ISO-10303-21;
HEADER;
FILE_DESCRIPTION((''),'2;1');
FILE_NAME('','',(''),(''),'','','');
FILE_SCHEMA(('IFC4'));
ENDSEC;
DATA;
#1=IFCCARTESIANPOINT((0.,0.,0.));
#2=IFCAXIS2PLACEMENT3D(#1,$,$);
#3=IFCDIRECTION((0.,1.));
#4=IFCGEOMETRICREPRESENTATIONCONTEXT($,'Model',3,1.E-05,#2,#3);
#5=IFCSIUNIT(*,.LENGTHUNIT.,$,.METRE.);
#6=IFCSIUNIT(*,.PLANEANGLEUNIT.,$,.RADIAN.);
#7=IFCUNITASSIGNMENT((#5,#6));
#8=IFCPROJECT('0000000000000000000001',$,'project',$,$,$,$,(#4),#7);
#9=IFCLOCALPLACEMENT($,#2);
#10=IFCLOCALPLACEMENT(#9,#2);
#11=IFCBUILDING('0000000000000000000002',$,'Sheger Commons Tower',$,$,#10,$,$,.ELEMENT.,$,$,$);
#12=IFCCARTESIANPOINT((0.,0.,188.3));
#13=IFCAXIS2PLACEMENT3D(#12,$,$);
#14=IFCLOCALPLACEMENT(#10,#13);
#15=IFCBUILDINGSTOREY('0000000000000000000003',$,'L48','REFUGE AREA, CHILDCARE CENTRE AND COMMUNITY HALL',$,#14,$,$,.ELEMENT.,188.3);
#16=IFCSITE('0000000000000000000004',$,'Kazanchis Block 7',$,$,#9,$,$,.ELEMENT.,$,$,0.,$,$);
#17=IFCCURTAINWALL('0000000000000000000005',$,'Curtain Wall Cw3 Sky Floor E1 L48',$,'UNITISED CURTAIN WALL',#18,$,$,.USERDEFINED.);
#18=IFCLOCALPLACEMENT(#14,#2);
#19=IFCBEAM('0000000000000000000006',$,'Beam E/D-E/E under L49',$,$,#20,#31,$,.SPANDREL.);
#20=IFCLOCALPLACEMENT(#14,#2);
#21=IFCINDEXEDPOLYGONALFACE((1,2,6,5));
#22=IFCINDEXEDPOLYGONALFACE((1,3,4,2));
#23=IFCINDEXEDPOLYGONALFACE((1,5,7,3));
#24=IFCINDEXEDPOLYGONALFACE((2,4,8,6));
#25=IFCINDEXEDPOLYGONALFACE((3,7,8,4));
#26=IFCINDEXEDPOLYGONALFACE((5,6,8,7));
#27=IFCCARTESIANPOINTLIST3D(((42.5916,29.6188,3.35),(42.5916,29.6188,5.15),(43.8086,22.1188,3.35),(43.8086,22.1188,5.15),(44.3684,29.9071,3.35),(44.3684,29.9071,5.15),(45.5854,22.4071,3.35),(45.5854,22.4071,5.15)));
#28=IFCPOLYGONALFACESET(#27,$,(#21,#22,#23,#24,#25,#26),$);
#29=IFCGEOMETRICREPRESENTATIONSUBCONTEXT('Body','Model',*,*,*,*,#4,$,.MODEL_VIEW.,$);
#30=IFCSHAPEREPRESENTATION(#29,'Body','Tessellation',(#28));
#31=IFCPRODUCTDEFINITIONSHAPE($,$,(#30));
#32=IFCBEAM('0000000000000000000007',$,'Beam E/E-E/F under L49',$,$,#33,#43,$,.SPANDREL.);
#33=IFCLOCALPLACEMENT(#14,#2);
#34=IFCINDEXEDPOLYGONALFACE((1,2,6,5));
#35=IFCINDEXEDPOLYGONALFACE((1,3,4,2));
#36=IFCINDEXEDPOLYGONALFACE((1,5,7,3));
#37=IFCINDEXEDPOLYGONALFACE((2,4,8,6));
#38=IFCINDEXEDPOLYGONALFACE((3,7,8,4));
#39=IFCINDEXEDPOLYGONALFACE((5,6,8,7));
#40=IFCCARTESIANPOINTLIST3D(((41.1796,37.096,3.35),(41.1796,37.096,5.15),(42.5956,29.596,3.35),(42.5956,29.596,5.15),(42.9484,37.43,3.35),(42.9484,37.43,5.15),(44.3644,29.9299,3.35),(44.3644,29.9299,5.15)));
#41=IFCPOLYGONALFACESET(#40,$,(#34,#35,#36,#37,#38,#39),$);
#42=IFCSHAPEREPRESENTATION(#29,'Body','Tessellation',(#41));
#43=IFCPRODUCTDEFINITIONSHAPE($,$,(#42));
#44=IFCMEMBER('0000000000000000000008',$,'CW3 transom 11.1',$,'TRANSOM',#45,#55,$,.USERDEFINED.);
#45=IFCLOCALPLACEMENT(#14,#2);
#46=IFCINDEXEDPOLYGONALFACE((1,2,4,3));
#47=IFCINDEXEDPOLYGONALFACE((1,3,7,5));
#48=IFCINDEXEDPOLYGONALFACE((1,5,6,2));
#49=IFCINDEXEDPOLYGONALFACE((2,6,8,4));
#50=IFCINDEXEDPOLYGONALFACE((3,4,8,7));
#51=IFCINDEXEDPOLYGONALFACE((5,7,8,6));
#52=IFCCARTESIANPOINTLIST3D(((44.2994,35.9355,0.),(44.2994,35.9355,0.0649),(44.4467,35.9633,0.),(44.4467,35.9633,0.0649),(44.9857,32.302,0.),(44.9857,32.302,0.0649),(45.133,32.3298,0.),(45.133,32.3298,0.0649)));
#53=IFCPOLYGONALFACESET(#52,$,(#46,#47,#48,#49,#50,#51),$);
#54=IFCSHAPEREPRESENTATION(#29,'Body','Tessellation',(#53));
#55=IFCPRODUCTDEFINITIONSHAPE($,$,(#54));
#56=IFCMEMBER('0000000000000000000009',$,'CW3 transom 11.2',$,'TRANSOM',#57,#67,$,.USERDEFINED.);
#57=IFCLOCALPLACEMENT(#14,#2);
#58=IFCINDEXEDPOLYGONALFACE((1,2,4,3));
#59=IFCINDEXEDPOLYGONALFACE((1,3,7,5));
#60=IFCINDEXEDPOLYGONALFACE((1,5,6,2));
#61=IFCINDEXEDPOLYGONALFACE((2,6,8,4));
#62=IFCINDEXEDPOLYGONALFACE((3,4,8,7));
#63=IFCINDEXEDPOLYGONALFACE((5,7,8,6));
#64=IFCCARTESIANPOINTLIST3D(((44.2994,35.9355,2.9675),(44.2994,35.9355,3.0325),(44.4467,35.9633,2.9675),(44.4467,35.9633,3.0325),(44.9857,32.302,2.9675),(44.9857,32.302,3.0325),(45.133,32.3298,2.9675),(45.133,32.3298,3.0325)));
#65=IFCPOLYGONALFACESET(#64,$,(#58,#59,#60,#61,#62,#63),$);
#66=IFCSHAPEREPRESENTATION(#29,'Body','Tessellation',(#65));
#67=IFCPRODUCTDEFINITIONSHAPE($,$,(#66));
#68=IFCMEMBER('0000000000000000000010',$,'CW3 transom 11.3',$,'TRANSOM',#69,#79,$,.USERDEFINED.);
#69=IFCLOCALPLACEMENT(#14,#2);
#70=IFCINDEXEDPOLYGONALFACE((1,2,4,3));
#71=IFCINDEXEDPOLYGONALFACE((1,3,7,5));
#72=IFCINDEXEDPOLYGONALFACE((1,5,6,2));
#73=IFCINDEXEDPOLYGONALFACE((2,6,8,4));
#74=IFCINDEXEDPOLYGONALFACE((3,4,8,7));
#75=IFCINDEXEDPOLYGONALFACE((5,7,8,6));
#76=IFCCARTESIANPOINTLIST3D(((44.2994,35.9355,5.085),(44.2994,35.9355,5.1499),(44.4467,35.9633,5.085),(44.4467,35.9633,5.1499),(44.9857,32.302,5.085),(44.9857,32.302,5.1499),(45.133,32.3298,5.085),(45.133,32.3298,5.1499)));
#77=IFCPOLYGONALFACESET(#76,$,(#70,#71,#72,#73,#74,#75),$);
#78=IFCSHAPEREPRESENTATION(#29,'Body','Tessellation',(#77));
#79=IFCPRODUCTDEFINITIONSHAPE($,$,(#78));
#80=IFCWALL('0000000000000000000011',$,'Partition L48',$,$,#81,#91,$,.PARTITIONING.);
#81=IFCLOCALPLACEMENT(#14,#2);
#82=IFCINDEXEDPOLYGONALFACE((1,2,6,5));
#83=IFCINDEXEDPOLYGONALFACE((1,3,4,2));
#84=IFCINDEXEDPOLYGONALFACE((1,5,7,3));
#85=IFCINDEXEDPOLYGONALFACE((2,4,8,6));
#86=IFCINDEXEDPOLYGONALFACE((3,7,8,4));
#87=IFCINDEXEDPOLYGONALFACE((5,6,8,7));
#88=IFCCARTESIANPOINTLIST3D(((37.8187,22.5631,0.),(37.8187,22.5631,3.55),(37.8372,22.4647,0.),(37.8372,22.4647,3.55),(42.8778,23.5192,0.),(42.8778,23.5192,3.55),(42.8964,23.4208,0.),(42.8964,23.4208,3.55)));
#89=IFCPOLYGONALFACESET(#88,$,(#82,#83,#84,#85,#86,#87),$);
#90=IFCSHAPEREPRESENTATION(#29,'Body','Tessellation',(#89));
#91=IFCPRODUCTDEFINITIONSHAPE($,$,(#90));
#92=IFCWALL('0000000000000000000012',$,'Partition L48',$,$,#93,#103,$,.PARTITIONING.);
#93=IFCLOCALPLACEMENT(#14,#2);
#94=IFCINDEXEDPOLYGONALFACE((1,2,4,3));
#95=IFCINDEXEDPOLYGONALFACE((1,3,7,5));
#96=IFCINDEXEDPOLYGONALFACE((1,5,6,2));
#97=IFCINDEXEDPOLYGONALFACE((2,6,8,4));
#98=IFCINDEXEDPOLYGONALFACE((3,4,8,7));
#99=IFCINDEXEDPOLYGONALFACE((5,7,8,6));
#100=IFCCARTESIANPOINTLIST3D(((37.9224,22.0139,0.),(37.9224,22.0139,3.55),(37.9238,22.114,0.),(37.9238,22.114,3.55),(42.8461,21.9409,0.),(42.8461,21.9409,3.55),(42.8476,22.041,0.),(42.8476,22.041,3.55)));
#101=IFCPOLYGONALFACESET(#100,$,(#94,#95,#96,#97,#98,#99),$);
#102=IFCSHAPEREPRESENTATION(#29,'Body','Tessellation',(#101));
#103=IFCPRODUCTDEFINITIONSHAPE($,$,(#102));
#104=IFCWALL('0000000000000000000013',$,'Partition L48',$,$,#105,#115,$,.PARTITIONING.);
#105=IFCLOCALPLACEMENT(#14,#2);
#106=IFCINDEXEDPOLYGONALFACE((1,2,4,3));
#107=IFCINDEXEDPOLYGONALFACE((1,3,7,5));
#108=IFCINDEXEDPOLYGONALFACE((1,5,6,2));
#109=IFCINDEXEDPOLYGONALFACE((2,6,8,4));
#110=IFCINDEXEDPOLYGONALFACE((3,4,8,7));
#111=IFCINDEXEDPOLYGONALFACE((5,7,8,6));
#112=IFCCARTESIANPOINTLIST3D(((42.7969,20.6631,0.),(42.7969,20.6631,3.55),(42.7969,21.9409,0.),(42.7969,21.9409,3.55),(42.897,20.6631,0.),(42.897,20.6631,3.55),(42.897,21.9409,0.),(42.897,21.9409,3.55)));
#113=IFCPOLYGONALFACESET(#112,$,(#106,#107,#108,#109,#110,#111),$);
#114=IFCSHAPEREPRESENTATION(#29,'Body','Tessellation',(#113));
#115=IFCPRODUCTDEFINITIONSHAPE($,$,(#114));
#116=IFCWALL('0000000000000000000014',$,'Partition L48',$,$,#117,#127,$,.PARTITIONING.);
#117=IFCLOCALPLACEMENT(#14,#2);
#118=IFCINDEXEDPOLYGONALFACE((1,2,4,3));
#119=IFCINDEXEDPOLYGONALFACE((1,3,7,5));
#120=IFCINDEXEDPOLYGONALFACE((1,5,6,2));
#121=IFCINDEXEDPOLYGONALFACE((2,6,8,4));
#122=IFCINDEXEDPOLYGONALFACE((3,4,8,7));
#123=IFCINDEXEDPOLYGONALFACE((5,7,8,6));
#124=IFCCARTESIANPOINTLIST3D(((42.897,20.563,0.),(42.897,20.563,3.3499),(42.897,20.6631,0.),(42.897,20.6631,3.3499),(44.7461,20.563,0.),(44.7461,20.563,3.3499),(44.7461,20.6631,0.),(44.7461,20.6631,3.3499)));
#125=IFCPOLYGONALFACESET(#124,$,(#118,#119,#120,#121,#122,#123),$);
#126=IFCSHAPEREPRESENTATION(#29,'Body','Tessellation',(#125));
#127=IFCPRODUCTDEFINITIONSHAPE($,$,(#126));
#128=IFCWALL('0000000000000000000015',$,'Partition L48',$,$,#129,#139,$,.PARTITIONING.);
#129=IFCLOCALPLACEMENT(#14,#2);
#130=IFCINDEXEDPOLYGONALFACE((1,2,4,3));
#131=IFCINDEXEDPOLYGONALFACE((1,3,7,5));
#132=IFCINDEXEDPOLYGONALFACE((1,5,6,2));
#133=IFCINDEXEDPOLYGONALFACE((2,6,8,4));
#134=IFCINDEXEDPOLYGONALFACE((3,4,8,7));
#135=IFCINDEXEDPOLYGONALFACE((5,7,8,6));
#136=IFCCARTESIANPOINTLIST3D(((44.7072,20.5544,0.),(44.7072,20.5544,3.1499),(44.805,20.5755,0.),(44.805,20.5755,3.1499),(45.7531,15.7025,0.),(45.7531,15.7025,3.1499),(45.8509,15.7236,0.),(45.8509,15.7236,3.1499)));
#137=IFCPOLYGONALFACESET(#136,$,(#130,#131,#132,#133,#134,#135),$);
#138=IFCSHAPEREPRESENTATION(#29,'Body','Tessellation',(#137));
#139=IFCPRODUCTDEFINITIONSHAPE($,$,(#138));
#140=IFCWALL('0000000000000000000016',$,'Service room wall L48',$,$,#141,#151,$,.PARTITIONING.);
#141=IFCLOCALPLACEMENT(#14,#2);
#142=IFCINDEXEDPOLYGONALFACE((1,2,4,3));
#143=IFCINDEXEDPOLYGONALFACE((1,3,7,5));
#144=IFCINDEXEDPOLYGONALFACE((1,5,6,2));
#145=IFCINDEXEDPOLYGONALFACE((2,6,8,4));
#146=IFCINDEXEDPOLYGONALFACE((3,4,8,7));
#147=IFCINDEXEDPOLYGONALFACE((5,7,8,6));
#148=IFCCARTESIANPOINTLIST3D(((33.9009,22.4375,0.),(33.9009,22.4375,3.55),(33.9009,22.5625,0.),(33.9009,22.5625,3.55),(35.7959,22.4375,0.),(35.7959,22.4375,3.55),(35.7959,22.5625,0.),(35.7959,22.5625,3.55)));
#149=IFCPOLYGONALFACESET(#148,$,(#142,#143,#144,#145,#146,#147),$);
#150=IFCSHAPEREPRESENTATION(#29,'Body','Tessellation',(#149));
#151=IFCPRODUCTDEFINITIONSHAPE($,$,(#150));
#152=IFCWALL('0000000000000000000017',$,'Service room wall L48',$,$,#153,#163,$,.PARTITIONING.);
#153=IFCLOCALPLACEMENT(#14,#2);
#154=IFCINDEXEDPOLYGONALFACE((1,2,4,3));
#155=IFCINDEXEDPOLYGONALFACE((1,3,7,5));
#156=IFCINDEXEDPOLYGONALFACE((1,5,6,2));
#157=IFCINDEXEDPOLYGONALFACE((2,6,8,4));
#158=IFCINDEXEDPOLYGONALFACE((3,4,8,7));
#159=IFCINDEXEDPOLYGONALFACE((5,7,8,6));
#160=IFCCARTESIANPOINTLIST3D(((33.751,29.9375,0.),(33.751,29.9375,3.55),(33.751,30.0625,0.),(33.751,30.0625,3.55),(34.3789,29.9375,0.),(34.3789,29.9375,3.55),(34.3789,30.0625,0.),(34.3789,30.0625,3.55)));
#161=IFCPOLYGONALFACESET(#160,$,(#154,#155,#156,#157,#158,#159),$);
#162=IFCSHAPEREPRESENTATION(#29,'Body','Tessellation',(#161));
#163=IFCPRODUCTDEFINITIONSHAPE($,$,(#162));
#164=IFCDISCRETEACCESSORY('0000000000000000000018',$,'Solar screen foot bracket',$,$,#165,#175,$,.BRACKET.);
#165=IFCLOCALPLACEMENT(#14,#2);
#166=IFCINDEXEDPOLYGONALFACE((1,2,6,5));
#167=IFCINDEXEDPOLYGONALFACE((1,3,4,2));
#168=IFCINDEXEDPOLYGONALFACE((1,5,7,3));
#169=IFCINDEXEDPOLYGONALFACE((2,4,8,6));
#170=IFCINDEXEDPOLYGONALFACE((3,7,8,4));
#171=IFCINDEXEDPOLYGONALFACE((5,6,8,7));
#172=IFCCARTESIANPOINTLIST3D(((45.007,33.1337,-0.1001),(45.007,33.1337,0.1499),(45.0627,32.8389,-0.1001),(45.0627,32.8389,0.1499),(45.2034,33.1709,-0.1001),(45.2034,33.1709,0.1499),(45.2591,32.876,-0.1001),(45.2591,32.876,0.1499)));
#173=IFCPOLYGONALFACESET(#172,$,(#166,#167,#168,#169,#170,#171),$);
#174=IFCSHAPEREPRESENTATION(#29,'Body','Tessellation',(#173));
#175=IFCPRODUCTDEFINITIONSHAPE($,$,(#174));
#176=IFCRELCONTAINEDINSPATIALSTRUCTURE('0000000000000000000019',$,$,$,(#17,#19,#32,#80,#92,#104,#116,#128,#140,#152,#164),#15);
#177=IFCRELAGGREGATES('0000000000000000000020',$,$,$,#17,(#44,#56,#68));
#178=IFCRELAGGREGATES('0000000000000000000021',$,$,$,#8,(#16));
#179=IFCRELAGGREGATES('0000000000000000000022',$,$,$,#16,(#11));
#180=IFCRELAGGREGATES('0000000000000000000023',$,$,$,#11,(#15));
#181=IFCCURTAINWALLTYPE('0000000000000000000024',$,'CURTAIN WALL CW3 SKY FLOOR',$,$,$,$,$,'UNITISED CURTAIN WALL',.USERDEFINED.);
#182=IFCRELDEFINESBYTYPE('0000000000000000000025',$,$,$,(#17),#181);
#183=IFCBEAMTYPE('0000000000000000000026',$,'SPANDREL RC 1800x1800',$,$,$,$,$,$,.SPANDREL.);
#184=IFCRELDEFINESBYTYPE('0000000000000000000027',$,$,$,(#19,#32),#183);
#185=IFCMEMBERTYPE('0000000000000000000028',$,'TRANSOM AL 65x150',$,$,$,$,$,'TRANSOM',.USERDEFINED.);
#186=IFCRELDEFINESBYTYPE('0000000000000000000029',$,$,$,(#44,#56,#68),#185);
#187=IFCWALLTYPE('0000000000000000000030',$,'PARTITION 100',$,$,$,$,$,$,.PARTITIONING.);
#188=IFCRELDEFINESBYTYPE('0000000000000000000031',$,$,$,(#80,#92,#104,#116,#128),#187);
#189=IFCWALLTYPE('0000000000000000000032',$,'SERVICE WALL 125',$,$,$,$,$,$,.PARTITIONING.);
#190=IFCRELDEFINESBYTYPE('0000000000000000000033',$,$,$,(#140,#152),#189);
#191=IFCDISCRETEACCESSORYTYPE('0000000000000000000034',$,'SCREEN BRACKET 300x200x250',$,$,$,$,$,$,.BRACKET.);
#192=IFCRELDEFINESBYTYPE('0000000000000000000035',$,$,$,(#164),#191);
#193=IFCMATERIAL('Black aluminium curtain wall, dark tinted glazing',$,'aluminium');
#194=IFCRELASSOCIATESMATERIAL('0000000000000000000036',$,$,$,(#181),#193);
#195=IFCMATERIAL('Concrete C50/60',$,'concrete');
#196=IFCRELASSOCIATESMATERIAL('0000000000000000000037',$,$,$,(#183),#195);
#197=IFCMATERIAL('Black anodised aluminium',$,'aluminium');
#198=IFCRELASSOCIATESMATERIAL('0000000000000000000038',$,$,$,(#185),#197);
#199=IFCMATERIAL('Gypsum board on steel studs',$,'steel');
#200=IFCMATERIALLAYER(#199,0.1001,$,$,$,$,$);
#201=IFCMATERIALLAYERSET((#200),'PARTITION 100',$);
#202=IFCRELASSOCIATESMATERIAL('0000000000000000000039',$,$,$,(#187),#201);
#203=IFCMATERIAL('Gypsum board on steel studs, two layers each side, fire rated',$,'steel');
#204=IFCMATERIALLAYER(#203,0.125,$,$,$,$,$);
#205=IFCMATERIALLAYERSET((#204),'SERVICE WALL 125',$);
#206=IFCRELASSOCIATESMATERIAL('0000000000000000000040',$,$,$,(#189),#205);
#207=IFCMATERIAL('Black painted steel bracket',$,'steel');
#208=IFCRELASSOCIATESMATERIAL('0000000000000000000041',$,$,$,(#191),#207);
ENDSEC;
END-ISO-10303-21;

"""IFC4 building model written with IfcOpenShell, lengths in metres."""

from ifc_helpers import new_model, si_unit, direction, frame, frame_2d, origin, origin_2d, place, context, subcontext, project, spatial, rectangle, extrude, material, layer, layer_set, material_profile, profile_set, type_object, element, aggregate, save


model = new_model("IFC4")

# Units and contexts
model_context = context("Model", 3, precision=1e-05, world=origin(), true_north=direction((0.0, 1.0)))
body_context = subcontext(model_context, "Body", "Model", "MODEL_VIEW")
ifc_project = project(units=[si_unit("LENGTHUNIT", "METRE"), si_unit("PLANEANGLEUNIT", "RADIAN")], contexts=[model_context])

# Site, building, storey
site_placement = place(None, origin())
site = spatial("IfcSite", under=ifc_project, at=site_placement, Name="Kazanchis Block 7", CompositionType="ELEMENT", RefElevation=0.0)
building_placement = place(site_placement, origin())
building = spatial("IfcBuilding", under=site, at=building_placement, Name="Sheger Commons Tower", CompositionType="ELEMENT")
storey_placement = place(building_placement, frame((0.0, 0.0, 188.3)))
storey = spatial("IfcBuildingStorey", under=building, at=storey_placement, Name="L48", Description="REFUGE AREA, CHILDCARE CENTRE AND COMMUNITY HALL", CompositionType="ELEMENT", Elevation=188.3)

# Curtain wall
ifc_material_1 = material(Name="Black aluminium curtain wall, dark tinted glazing", Category="aluminium")
curtain_wall_type = type_object("IfcCurtainWallType", Name="CURTAIN WALL CW3 SKY FLOOR", ElementType="UNITISED CURTAIN WALL", PredefinedType="USERDEFINED", material=ifc_material_1)
curtain_wall_placement = place(storey_placement, origin())
curtain_wall = element("IfcCurtainWall", 1, at=curtain_wall_placement, inside=storey, type_object=curtain_wall_type, Name="Curtain Wall Cw3 Sky Floor E1 L48", ObjectType="UNITISED CURTAIN WALL", PredefinedType="USERDEFINED")

# Beams
ifc_material_2 = material(Name="Concrete C50/60", Category="concrete")
ifc_material_profile_1 = material_profile(ifc_material_2, rectangle(XDim=1.8, YDim=1.8, at=origin_2d()), Name="RC 1800x1800")
ifc_profile_set_1 = profile_set([ifc_material_profile_1], Name="Concrete C50/60")
beam_type_1 = type_object("IfcBeamType", Name="SPANDREL RC 1800x1800", PredefinedType="SPANDREL", material=ifc_profile_set_1)
beam_1_placement = place(storey_placement, frame((44.697, 22.2629, 4.25), z_axis=(-0.160177, 0.987088, 0.0), x_axis=(-0.987088, -0.160177, 0.0)))
element("IfcBeam", 2, at=beam_1_placement, inside=storey, type_object=beam_type_1, Name="Beam E/D-E/E under L49", PredefinedType="SPANDREL", context=body_context, shape_type="SweptSolid", body=[
    extrude(rectangle(XDim=1.8, YDim=1.8, at=origin_2d()), origin(), (0.0, 0.0, 1.0), 7.5981),
])
beam_2_placement = place(storey_placement, frame((43.48, 29.7629, 4.25), z_axis=(-0.185524, 0.98264, 0.0), x_axis=(-0.98264, -0.185524, 0.0)))
element("IfcBeam", 3, at=beam_2_placement, inside=storey, type_object=beam_type_1, Name="Beam E/E-E/F under L49", PredefinedType="SPANDREL", context=body_context, shape_type="SweptSolid", body=[
    extrude(rectangle(XDim=1.8, YDim=1.8, at=origin_2d()), origin(), (0.0, 0.0, 1.0), 7.6326),
])

# Members
ifc_material_3 = material(Name="Black anodised aluminium", Category="aluminium")
ifc_material_profile_2 = material_profile(ifc_material_3, rectangle(XDim=0.1499, YDim=0.0649, at=origin_2d()), Name="AL 65x150")
ifc_profile_set_2 = profile_set([ifc_material_profile_2], Name="Black anodised aluminium")
member_type_1 = type_object("IfcMemberType", Name="TRANSOM AL 65x150", ElementType="TRANSOM", PredefinedType="USERDEFINED", material=ifc_profile_set_2)
member_1_placement = place(storey_placement, frame((45.0593, 32.3159, 0.0325), z_axis=(-0.185592, 0.982627, 0.0), x_axis=(-0.982627, -0.185592, 0.0)))
member_1 = element("IfcMember", 4, at=member_1_placement, type_object=member_type_1, Name="CW3 transom 11.1", ObjectType="TRANSOM", PredefinedType="USERDEFINED", context=body_context, shape_type="SweptSolid", body=[
    extrude(rectangle(XDim=0.1499, YDim=0.0649, at=origin_2d()), origin(), (0.0, 0.0, 1.0), 3.6978),
])
member_2_placement = place(storey_placement, frame((45.0593, 32.3159, 3.0), z_axis=(-0.185592, 0.982627, 0.0), x_axis=(-0.982627, -0.185592, 0.0)))
member_2 = element("IfcMember", 5, at=member_2_placement, type_object=member_type_1, Name="CW3 transom 11.2", ObjectType="TRANSOM", PredefinedType="USERDEFINED", context=body_context, shape_type="SweptSolid", body=[
    extrude(rectangle(XDim=0.1499, YDim=0.0649, at=origin_2d()), origin(), (0.0, 0.0, 1.0), 3.6978),
])
member_3_placement = place(storey_placement, frame((45.0593, 32.3159, 5.1174), z_axis=(-0.185592, 0.982627, 0.0), x_axis=(-0.982627, -0.185592, 0.0)))
member_3 = element("IfcMember", 6, at=member_3_placement, type_object=member_type_1, Name="CW3 transom 11.3", ObjectType="TRANSOM", PredefinedType="USERDEFINED", context=body_context, shape_type="SweptSolid", body=[
    extrude(rectangle(XDim=0.1499, YDim=0.0649, at=origin_2d()), origin(), (0.0, 0.0, 1.0), 3.6978),
])
aggregate(curtain_wall, [member_1, member_2, member_3])

# Walls
ifc_material_4 = material(Name="Gypsum board on steel studs", Category="steel")
ifc_layer_1 = layer(ifc_material_4, 0.1001)
ifc_layer_set_1 = layer_set([ifc_layer_1], Name="PARTITION 100")
wall_type_1 = type_object("IfcWallType", Name="PARTITION 100", PredefinedType="PARTITIONING", material=ifc_layer_set_1)
wall_1_placement = place(storey_placement, frame((42.887, 23.47, 0.0), z_axis=(0.0, 0.0, 1.0), x_axis=(-0.982608, -0.185691, 0.0)))
element("IfcWall", 7, at=wall_1_placement, inside=storey, type_object=wall_type_1, Name="Partition L48", PredefinedType="PARTITIONING", context=body_context, shape_type="SweptSolid", body=[
    extrude(rectangle(XDim=5.1487, YDim=0.1001, at=frame_2d((2.5742, 0.0))), origin(), (0.0, 0.0, 1.0), 3.55),
])
wall_2_placement = place(storey_placement, frame((37.9231, 22.064, 0.0), z_axis=(0.0, 0.0, 1.0), x_axis=(0.99989, -0.014824, 0.0)))
element("IfcWall", 8, at=wall_2_placement, inside=storey, type_object=wall_type_1, Name="Partition L48", PredefinedType="PARTITIONING", context=body_context, shape_type="SweptSolid", body=[
    extrude(rectangle(XDim=4.9243, YDim=0.1001, at=frame_2d((2.4622, 0.0))), origin(), (0.0, 0.0, 1.0), 3.55),
])
wall_3_placement = place(storey_placement, frame((42.8469, 21.9409, 0.0), z_axis=(0.0, 0.0, 1.0), x_axis=(0.0, -1.0, 0.0)))
element("IfcWall", 9, at=wall_3_placement, inside=storey, type_object=wall_type_1, Name="Partition L48", PredefinedType="PARTITIONING", context=body_context, shape_type="SweptSolid", body=[
    extrude(rectangle(XDim=1.2778, YDim=0.1001, at=frame_2d((0.6389, 0.0))), origin(), (0.0, 0.0, 1.0), 3.55),
])
wall_4_placement = place(storey_placement, frame((42.897, 20.613, 0.0), z_axis=(0.0, 0.0, 1.0), x_axis=(1.0, 0.0, 0.0)))
element("IfcWall", 10, at=wall_4_placement, inside=storey, type_object=wall_type_1, Name="Partition L48", PredefinedType="PARTITIONING", context=body_context, shape_type="SweptSolid", body=[
    extrude(rectangle(XDim=1.8491, YDim=0.1001, at=frame_2d((0.9246, 0.0))), origin(), (0.0, 0.0, 1.0), 3.3499),
])
wall_5_placement = place(storey_placement, frame((44.7561, 20.5649, 0.0), z_axis=(0.0, 0.0, 1.0), x_axis=(0.210718, -0.977547, 0.0)))
element("IfcWall", 11, at=wall_5_placement, inside=storey, type_object=wall_type_1, Name="Partition L48", PredefinedType="PARTITIONING", context=body_context, shape_type="SweptSolid", body=[
    extrude(rectangle(XDim=4.9634, YDim=0.1001, at=frame_2d((2.4817, 0.0))), origin(), (0.0, 0.0, 1.0), 3.1499),
])
ifc_material_5 = material(Name="Gypsum board on steel studs, two layers each side, fire rated", Category="steel")
ifc_layer_2 = layer(ifc_material_5, 0.125)
ifc_layer_set_2 = layer_set([ifc_layer_2], Name="SERVICE WALL 125")
wall_type_2 = type_object("IfcWallType", Name="SERVICE WALL 125", PredefinedType="PARTITIONING", material=ifc_layer_set_2)
wall_6_placement = place(storey_placement, frame((33.9009, 22.5, 0.0), z_axis=(0.0, 0.0, 1.0), x_axis=(1.0, 0.0, 0.0)))
element("IfcWall", 12, at=wall_6_placement, inside=storey, type_object=wall_type_2, Name="Service room wall L48", PredefinedType="PARTITIONING", context=body_context, shape_type="SweptSolid", body=[
    extrude(rectangle(XDim=1.895, YDim=0.125, at=frame_2d((0.9475, 0.0))), origin(), (0.0, 0.0, 1.0), 3.55),
])
wall_7_placement = place(storey_placement, frame((33.751, 30.0, 0.0), z_axis=(0.0, 0.0, 1.0), x_axis=(1.0, 0.0, 0.0)))
element("IfcWall", 13, at=wall_7_placement, inside=storey, type_object=wall_type_2, Name="Service room wall L48", PredefinedType="PARTITIONING", context=body_context, shape_type="SweptSolid", body=[
    extrude(rectangle(XDim=0.6279, YDim=0.125, at=frame_2d((0.314, 0.0))), origin(), (0.0, 0.0, 1.0), 3.55),
])

# Discrete accessory
ifc_material_6 = material(Name="Black painted steel bracket", Category="steel")
discrete_accessory_type = type_object("IfcDiscreteAccessoryType", Name="SCREEN BRACKET 300x200x250", PredefinedType="BRACKET", material=ifc_material_6)
discrete_accessory_placement = place(storey_placement, frame((45.1331, 33.0049, -0.1001), z_axis=(0.0, 0.0, 1.0), x_axis=(-0.185615, 0.982623, 0.0)))
element("IfcDiscreteAccessory", 14, at=discrete_accessory_placement, inside=storey, type_object=discrete_accessory_type, Name="Solar screen foot bracket", PredefinedType="BRACKET", context=body_context, shape_type="SweptSolid", body=[
    extrude(rectangle(XDim=0.3, YDim=0.2, at=origin_2d()), origin(), (0.0, 0.0, 1.0), 0.25),
])

save(model, "model.ifc")
